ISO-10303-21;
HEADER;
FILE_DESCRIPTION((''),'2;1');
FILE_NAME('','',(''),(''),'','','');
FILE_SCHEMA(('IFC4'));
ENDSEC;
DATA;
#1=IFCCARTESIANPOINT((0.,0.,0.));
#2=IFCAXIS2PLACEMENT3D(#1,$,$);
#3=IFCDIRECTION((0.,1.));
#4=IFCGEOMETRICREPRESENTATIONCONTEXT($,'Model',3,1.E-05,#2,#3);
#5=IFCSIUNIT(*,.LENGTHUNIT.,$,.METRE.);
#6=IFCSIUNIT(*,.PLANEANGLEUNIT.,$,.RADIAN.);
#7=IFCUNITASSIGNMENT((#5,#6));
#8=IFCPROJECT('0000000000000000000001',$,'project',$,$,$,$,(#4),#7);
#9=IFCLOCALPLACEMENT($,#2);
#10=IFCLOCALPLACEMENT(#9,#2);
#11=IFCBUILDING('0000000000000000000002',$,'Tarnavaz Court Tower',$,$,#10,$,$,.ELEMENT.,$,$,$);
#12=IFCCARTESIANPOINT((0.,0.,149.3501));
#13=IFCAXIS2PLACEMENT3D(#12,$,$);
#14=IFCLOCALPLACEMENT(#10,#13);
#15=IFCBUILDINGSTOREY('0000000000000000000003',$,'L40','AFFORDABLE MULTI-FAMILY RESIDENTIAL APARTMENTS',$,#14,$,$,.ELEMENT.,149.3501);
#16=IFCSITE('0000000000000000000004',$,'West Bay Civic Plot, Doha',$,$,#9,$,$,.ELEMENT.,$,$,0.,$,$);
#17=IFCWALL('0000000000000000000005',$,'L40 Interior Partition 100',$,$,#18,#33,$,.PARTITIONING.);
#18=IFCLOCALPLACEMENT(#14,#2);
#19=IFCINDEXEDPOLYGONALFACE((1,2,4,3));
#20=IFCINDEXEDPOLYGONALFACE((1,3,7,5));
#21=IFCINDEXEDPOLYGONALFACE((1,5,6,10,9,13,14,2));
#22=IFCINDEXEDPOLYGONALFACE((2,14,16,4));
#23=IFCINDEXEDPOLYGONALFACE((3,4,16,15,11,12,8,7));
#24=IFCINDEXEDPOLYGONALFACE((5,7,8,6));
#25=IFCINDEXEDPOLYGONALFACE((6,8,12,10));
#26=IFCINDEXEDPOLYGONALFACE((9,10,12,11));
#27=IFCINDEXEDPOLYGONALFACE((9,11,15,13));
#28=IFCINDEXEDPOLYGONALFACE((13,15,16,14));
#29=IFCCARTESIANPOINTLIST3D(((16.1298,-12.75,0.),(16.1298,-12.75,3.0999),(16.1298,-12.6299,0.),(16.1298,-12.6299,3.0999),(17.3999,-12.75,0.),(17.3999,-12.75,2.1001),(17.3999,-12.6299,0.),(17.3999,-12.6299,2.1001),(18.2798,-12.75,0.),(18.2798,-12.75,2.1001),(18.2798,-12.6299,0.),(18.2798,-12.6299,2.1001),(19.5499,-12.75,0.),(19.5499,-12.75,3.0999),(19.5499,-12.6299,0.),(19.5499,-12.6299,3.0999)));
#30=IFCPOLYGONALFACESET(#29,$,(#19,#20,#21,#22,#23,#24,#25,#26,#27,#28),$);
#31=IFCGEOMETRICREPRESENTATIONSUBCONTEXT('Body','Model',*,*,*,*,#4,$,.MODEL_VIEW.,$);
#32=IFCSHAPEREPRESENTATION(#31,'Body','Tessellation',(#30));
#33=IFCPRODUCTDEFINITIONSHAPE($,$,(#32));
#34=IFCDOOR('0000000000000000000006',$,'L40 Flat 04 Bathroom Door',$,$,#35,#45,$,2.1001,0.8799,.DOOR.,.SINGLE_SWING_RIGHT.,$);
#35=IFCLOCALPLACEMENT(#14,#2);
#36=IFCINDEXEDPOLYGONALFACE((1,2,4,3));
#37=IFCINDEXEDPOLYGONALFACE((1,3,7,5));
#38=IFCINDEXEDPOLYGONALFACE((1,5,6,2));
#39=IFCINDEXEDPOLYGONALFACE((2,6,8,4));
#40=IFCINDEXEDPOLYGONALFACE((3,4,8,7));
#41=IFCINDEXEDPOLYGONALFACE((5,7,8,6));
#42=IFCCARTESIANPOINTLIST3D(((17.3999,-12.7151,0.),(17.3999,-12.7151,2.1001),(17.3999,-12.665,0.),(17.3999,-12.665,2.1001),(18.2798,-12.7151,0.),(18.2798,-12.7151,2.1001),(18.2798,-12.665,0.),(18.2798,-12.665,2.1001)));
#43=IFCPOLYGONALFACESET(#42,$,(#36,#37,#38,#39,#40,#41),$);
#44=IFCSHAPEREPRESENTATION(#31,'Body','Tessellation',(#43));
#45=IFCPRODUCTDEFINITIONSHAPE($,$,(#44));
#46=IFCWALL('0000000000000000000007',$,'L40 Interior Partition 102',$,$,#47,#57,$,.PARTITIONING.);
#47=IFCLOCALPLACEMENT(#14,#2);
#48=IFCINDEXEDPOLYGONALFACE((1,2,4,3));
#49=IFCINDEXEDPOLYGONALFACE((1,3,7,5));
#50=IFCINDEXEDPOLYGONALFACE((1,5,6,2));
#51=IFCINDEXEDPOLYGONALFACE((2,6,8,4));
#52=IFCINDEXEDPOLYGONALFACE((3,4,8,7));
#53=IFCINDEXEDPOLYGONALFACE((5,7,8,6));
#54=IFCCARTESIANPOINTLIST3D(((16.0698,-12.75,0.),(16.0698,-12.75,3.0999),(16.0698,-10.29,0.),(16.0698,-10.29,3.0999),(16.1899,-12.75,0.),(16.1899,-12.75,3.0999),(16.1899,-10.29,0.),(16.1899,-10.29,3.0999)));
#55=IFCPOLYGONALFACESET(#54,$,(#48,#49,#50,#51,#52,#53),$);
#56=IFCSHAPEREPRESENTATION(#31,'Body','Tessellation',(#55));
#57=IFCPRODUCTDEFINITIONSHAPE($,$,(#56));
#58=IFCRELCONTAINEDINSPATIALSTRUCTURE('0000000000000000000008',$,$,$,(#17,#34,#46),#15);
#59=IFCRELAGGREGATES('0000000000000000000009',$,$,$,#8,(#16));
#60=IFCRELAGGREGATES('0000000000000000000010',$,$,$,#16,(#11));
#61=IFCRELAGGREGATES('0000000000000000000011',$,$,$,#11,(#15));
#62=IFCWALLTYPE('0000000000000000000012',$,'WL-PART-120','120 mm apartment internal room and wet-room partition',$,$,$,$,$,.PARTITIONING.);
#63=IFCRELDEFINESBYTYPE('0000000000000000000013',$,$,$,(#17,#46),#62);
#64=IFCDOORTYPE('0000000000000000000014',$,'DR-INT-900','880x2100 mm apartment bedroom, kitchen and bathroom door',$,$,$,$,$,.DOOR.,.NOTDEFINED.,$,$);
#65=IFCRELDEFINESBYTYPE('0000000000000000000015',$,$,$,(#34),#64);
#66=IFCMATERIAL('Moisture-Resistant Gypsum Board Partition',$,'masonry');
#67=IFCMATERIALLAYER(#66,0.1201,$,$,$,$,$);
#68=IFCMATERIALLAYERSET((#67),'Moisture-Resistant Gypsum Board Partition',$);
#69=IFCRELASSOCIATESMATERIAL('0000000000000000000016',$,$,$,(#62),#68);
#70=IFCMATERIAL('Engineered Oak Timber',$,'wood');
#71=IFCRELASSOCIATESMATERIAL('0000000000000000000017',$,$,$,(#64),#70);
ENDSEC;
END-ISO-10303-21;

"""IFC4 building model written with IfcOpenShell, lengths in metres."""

from ifc_helpers import new_model, si_unit, direction, frame, frame_2d, origin, place, context, subcontext, project, spatial, rectangle, extrude, material, layer, layer_set, type_object, element, fill, save


model = new_model("IFC4")

# Units and contexts
model_context = context("Model", 3, precision=1e-05, world=origin(), true_north=direction((0.0, 1.0)))
body_context = subcontext(model_context, "Body", "Model", "MODEL_VIEW")
ifc_project = project(units=[si_unit("LENGTHUNIT", "METRE"), si_unit("PLANEANGLEUNIT", "RADIAN")], contexts=[model_context])

# Site, building, storey
site_placement = place(None, origin())
site = spatial("IfcSite", under=ifc_project, at=site_placement, Name="West Bay Civic Plot, Doha", CompositionType="ELEMENT", RefElevation=0.0)
building_placement = place(site_placement, origin())
building = spatial("IfcBuilding", under=site, at=building_placement, Name="Tarnavaz Court Tower", CompositionType="ELEMENT")
storey_placement = place(building_placement, frame((0.0, 0.0, 149.3501)))
storey = spatial("IfcBuildingStorey", under=building, at=storey_placement, Name="L40", Description="AFFORDABLE MULTI-FAMILY RESIDENTIAL APARTMENTS", CompositionType="ELEMENT", Elevation=149.3501)

# Wall, opening, door
ifc_material_1 = material(Name="Engineered Oak Timber", Category="wood")
ifc_material_2 = material(Name="Moisture-Resistant Gypsum Board Partition", Category="masonry")
ifc_layer_1 = layer(ifc_material_2, 0.1201)
ifc_layer_set_1 = layer_set([ifc_layer_1], Name="Moisture-Resistant Gypsum Board Partition")
wall_type_1 = type_object("IfcWallType", Name="WL-PART-120", Description="120 mm apartment internal room and wet-room partition", PredefinedType="PARTITIONING", material=ifc_layer_set_1)
door_type_1 = type_object("IfcDoorType", Name="DR-INT-900", Description="880x2100 mm apartment bedroom, kitchen and bathroom door", OperationType="NOTDEFINED", PredefinedType="DOOR", material=ifc_material_1)
wall_1_placement = place(storey_placement, frame((16.1299, -12.6899, 0.0), z_axis=(0.0, 0.0, 1.0), x_axis=(1.0, 0.0, 0.0)))
wall_1 = element("IfcWall", 1, at=wall_1_placement, inside=storey, type_object=wall_type_1, Name="L40 Interior Partition 100", PredefinedType="PARTITIONING", context=body_context, shape_type="SweptSolid", body=[
    extrude(rectangle(XDim=3.4202, YDim=0.1201, at=frame_2d((1.71, 0.0))), origin(), (0.0, 0.0, 1.0), 3.0999),
])
opening_1_placement = place(wall_1_placement, frame((1.27, 0.0, 0.0)))
opening_1 = element("IfcOpeningElement", 2, at=opening_1_placement, cuts=wall_1, PredefinedType="OPENING", context=body_context, shape_type="SweptSolid", body=[
    extrude(rectangle(XDim=0.8799, YDim=2.1001, at=frame_2d((0.4399, 1.05))), frame((0.0, 0.0701, 0.0), z_axis=(0.0, -1.0, 0.0), x_axis=(1.0, 0.0, 0.0)), (0.0, 0.0, 1.0), 0.1401),
])
door_1_placement = place(opening_1_placement, origin())
door_1 = element("IfcDoor", 3, at=door_1_placement, inside=storey, type_object=door_type_1, Name="L40 Flat 04 Bathroom Door", OperationType="SINGLE_SWING_RIGHT", OverallHeight=2.1001, OverallWidth=0.8799, PredefinedType="DOOR", context=body_context, shape_type="SweptSolid", body=[
    extrude(rectangle(XDim=0.8799, YDim=2.1001, at=frame_2d((0.4399, 1.05))), frame((0.0, 0.0249, 0.0), z_axis=(0.0, -1.0, 0.0), x_axis=(1.0, 0.0, 0.0)), (0.0, 0.0, 1.0), 0.05),
])
fill(opening_1, door_1)

# Wall
wall_2_placement = place(storey_placement, frame((16.1299, -12.75, 0.0), z_axis=(0.0, 0.0, 1.0), x_axis=(0.0, 1.0, 0.0)))
element("IfcWall", 4, at=wall_2_placement, inside=storey, type_object=wall_type_1, Name="L40 Interior Partition 102", PredefinedType="PARTITIONING", context=body_context, shape_type="SweptSolid", body=[
    extrude(rectangle(XDim=2.46, YDim=0.1201, at=frame_2d((1.23, 0.0))), origin(), (0.0, 0.0, 1.0), 3.0999),
])

save(model, "model.ifc")
